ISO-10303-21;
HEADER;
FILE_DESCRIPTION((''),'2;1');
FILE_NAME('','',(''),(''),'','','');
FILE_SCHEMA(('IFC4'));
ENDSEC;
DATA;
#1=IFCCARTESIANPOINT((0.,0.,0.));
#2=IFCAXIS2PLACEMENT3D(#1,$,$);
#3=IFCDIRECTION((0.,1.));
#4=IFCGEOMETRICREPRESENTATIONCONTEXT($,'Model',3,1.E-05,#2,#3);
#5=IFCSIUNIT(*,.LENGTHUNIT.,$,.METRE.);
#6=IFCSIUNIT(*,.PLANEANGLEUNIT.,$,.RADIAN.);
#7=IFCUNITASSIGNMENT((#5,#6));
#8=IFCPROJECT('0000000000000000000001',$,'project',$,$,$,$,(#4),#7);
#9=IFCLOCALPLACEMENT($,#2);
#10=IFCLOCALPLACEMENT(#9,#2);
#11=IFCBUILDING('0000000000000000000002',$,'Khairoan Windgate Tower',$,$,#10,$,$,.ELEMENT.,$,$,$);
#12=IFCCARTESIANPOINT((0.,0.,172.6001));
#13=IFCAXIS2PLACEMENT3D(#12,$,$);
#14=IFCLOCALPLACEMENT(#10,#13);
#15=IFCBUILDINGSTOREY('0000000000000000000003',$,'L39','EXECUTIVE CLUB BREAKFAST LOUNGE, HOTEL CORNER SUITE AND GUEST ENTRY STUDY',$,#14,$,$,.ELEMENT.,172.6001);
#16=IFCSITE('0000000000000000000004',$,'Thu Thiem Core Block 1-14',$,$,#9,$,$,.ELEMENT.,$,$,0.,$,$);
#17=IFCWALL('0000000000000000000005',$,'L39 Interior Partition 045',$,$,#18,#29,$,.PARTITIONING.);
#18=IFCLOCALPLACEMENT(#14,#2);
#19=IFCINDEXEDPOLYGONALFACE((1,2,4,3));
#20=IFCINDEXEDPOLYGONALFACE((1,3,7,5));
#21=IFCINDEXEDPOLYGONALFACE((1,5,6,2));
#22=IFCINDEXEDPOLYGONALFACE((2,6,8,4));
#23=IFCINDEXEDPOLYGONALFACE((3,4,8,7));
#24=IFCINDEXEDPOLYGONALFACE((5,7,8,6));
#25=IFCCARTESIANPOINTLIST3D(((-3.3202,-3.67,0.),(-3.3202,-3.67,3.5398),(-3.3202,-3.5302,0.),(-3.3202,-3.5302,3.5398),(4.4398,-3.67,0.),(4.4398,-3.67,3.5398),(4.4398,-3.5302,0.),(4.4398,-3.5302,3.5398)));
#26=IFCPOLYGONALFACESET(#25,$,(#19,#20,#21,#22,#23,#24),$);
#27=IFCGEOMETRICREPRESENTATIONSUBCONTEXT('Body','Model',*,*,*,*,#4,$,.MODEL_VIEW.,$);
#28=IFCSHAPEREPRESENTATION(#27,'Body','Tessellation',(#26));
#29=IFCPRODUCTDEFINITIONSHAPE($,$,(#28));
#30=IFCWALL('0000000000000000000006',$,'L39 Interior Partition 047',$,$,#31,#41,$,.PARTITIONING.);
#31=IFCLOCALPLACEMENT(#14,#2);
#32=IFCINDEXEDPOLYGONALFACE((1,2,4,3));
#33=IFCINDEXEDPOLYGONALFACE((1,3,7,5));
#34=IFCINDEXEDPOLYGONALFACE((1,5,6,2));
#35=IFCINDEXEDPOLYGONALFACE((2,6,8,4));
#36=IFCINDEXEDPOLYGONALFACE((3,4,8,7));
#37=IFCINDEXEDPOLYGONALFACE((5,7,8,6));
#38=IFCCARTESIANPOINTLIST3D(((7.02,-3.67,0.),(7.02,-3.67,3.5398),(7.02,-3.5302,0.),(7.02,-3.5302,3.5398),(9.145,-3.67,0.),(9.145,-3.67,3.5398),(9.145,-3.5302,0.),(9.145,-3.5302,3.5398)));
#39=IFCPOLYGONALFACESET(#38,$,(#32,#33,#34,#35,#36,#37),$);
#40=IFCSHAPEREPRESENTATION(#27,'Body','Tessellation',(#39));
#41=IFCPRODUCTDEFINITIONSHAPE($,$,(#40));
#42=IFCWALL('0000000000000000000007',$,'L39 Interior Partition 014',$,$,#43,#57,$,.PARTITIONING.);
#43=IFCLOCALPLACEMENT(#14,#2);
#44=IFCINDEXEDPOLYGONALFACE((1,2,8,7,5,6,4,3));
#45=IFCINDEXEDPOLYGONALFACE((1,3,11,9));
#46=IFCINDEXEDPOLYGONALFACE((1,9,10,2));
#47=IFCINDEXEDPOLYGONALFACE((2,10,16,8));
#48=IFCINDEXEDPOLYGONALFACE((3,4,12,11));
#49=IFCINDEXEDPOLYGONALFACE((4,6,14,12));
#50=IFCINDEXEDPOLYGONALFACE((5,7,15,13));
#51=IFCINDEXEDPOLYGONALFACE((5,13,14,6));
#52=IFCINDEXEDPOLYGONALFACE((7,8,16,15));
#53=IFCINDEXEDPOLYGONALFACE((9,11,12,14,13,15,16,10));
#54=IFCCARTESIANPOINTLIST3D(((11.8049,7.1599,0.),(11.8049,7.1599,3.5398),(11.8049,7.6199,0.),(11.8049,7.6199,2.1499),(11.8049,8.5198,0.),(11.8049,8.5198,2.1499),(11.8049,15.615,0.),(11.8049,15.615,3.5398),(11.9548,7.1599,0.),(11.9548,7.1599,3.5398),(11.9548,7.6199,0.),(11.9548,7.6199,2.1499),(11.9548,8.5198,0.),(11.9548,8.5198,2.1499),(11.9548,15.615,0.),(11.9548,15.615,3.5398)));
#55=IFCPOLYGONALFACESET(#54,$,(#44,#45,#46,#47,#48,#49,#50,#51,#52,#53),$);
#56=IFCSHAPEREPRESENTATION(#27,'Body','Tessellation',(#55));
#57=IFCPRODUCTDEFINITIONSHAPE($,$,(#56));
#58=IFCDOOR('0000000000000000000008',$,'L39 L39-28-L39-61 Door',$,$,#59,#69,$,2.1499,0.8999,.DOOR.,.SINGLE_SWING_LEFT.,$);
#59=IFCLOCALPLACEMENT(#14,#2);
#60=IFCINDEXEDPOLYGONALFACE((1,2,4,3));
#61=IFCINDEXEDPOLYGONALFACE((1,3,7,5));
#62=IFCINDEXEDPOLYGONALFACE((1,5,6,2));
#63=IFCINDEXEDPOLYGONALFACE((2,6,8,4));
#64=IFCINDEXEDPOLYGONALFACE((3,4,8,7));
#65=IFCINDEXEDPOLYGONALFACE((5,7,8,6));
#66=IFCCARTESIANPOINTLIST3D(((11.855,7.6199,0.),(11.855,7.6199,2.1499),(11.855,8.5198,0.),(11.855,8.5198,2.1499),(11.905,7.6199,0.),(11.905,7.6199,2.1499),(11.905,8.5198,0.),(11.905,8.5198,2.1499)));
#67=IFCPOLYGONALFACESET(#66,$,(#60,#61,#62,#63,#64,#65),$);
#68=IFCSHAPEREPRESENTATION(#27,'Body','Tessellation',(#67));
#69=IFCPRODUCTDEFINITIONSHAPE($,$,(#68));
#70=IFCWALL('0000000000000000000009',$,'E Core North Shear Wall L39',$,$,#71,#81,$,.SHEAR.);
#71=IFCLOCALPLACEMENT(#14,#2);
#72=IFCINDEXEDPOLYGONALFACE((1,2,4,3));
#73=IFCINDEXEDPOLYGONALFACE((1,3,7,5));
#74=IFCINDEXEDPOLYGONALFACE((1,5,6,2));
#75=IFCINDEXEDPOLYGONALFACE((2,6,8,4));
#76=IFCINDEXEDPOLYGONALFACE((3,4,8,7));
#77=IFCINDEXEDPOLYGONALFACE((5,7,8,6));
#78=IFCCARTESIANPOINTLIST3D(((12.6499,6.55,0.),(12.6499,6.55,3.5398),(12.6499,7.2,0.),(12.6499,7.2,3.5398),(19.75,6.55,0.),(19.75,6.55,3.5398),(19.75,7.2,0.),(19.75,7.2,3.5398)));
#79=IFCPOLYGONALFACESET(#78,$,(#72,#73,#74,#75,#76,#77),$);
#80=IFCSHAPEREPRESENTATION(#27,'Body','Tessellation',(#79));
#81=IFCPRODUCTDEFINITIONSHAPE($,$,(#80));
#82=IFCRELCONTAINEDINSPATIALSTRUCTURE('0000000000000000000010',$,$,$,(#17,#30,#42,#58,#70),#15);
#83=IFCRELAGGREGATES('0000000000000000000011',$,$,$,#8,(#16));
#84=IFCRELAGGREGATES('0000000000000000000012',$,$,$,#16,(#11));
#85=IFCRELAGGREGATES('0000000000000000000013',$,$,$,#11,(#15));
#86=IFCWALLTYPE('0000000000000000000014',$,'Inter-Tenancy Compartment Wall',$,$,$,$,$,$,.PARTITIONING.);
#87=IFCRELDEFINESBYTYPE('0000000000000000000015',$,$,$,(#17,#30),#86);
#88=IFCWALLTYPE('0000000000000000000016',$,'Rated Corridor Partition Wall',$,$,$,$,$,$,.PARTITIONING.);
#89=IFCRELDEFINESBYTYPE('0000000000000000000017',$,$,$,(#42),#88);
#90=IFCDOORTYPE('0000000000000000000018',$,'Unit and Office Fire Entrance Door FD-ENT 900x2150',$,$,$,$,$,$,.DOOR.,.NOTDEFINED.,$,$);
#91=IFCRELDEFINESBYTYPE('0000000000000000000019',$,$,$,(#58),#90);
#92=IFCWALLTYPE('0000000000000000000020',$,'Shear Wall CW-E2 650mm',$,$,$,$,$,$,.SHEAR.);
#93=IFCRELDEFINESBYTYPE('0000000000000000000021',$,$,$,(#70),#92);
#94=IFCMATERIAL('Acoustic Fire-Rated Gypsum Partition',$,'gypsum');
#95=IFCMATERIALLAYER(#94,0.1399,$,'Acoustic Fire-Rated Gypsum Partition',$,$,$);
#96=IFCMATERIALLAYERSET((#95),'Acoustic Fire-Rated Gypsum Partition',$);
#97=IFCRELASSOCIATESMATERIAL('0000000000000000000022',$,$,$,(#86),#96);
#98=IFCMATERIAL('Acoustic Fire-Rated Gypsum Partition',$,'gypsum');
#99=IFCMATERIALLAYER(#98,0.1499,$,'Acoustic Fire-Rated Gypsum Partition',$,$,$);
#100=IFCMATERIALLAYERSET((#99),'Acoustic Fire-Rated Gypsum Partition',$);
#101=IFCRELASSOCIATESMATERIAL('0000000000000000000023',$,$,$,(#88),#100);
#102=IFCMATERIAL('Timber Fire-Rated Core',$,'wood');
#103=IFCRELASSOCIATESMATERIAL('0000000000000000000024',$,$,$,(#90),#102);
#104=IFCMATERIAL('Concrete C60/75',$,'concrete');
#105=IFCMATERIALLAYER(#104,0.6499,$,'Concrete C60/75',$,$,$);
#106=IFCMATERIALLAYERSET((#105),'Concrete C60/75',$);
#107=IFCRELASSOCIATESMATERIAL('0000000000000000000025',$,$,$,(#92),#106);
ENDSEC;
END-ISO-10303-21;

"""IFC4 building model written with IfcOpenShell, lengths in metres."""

from ifc_helpers import new_model, si_unit, direction, frame, frame_2d, origin, place, context, subcontext, project, spatial, rectangle, extrude, material, layer, layer_set, type_object, element, fill, save


model = new_model("IFC4")

# Units and contexts
model_context = context("Model", 3, precision=1e-05, world=origin(), true_north=direction((0.0, 1.0)))
body_context = subcontext(model_context, "Body", "Model", "MODEL_VIEW")
ifc_project = project(units=[si_unit("LENGTHUNIT", "METRE"), si_unit("PLANEANGLEUNIT", "RADIAN")], contexts=[model_context])

# Site, building, storey
site_placement = place(None, origin())
site = spatial("IfcSite", under=ifc_project, at=site_placement, Name="Thu Thiem Core Block 1-14", CompositionType="ELEMENT", RefElevation=0.0)
building_placement = place(site_placement, origin())
building = spatial("IfcBuilding", under=site, at=building_placement, Name="Khairoan Windgate Tower", CompositionType="ELEMENT")
storey_placement = place(building_placement, frame((0.0, 0.0, 172.6001)))
storey = spatial("IfcBuildingStorey", under=building, at=storey_placement, Name="L39", Description="EXECUTIVE CLUB BREAKFAST LOUNGE, HOTEL CORNER SUITE AND GUEST ENTRY STUDY", CompositionType="ELEMENT", Elevation=172.6001)

# Walls
ifc_material_1 = material(Name="Acoustic Fire-Rated Gypsum Partition", Category="gypsum")
ifc_layer_1 = layer(ifc_material_1, 0.1399, Name="Acoustic Fire-Rated Gypsum Partition")
ifc_layer_set_1 = layer_set([ifc_layer_1], Name="Acoustic Fire-Rated Gypsum Partition")
wall_type_1 = type_object("IfcWallType", Name="Inter-Tenancy Compartment Wall", PredefinedType="PARTITIONING", material=ifc_layer_set_1)
wall_1_placement = place(storey_placement, frame((-3.3201, -3.6001, 0.0), z_axis=(0.0, 0.0, 1.0), x_axis=(1.0, 0.0, 0.0)))
element("IfcWall", 1, at=wall_1_placement, inside=storey, type_object=wall_type_1, Name="L39 Interior Partition 045", PredefinedType="PARTITIONING", context=body_context, shape_type="SweptSolid", body=[
    extrude(rectangle(XDim=7.76, YDim=0.1399, at=frame_2d((3.8799, 0.0))), origin(), (0.0, 0.0, 1.0), 3.5398),
])
wall_2_placement = place(storey_placement, frame((7.02, -3.6001, 0.0), z_axis=(0.0, 0.0, 1.0), x_axis=(1.0, 0.0, 0.0)))
element("IfcWall", 2, at=wall_2_placement, inside=storey, type_object=wall_type_1, Name="L39 Interior Partition 047", PredefinedType="PARTITIONING", context=body_context, shape_type="SweptSolid", body=[
    extrude(rectangle(XDim=2.125, YDim=0.1399, at=frame_2d((1.0625, 0.0))), origin(), (0.0, 0.0, 1.0), 3.5398),
])

# Wall, opening, door
ifc_material_2 = material(Name="Acoustic Fire-Rated Gypsum Partition", Category="gypsum")
ifc_layer_2 = layer(ifc_material_2, 0.1499, Name="Acoustic Fire-Rated Gypsum Partition")
ifc_layer_set_2 = layer_set([ifc_layer_2], Name="Acoustic Fire-Rated Gypsum Partition")
wall_type_2 = type_object("IfcWallType", Name="Rated Corridor Partition Wall", PredefinedType="PARTITIONING", material=ifc_layer_set_2)
wall_3_placement = place(storey_placement, frame((11.8799, 7.1599, 0.0), z_axis=(0.0, 0.0, 1.0), x_axis=(0.0, 1.0, 0.0)))
wall_3 = element("IfcWall", 3, at=wall_3_placement, inside=storey, type_object=wall_type_2, Name="L39 Interior Partition 014", PredefinedType="PARTITIONING", context=body_context, shape_type="SweptSolid", body=[
    extrude(rectangle(XDim=8.4551, YDim=0.1499, at=frame_2d((4.2275, 0.0))), origin(), (0.0, 0.0, 1.0), 3.5398),
])
opening_placement = place(wall_3_placement, frame((0.46, 0.0, 0.0)))
opening = element("IfcOpeningElement", 4, at=opening_placement, cuts=wall_3, PredefinedType="OPENING", context=body_context, shape_type="SweptSolid", body=[
    extrude(rectangle(XDim=0.8999, YDim=2.1499, at=frame_2d((0.45, 1.075))), frame((0.0, 0.085, 0.0), z_axis=(0.0, -1.0, 0.0), x_axis=(1.0, 0.0, 0.0)), (0.0, 0.0, 1.0), 0.1699),
])
ifc_material_3 = material(Name="Timber Fire-Rated Core", Category="wood")
door_type = type_object("IfcDoorType", Name="Unit and Office Fire Entrance Door FD-ENT 900x2150", OperationType="NOTDEFINED", PredefinedType="DOOR", material=ifc_material_3)
door_placement = place(opening_placement, origin())
door = element("IfcDoor", 5, at=door_placement, inside=storey, type_object=door_type, Name="L39 L39-28-L39-61 Door", OperationType="SINGLE_SWING_LEFT", OverallHeight=2.1499, OverallWidth=0.8999, PredefinedType="DOOR", context=body_context, shape_type="SweptSolid", body=[
    extrude(rectangle(XDim=0.8999, YDim=2.1499, at=frame_2d((0.45, 1.075))), frame((0.0, 0.0249, 0.0), z_axis=(0.0, -1.0, 0.0), x_axis=(1.0, 0.0, 0.0)), (0.0, 0.0, 1.0), 0.05),
])
fill(opening, door)

# Wall
ifc_material_4 = material(Name="Concrete C60/75", Category="concrete")
ifc_layer_3 = layer(ifc_material_4, 0.6499, Name="Concrete C60/75")
ifc_layer_set_3 = layer_set([ifc_layer_3], Name="Concrete C60/75")
wall_type_3 = type_object("IfcWallType", Name="Shear Wall CW-E2 650mm", PredefinedType="SHEAR", material=ifc_layer_set_3)
wall_4_placement = place(storey_placement, frame((12.6499, 6.875, 0.0), z_axis=(0.0, 0.0, 1.0), x_axis=(1.0, 0.0, 0.0)))
element("IfcWall", 6, at=wall_4_placement, inside=storey, type_object=wall_type_3, Name="E Core North Shear Wall L39", PredefinedType="SHEAR", context=body_context, shape_type="SweptSolid", body=[
    extrude(rectangle(XDim=7.1001, YDim=0.6499, at=frame_2d((3.55, 0.0))), origin(), (0.0, 0.0, 1.0), 3.5398),
])

save(model, "model.ifc")
